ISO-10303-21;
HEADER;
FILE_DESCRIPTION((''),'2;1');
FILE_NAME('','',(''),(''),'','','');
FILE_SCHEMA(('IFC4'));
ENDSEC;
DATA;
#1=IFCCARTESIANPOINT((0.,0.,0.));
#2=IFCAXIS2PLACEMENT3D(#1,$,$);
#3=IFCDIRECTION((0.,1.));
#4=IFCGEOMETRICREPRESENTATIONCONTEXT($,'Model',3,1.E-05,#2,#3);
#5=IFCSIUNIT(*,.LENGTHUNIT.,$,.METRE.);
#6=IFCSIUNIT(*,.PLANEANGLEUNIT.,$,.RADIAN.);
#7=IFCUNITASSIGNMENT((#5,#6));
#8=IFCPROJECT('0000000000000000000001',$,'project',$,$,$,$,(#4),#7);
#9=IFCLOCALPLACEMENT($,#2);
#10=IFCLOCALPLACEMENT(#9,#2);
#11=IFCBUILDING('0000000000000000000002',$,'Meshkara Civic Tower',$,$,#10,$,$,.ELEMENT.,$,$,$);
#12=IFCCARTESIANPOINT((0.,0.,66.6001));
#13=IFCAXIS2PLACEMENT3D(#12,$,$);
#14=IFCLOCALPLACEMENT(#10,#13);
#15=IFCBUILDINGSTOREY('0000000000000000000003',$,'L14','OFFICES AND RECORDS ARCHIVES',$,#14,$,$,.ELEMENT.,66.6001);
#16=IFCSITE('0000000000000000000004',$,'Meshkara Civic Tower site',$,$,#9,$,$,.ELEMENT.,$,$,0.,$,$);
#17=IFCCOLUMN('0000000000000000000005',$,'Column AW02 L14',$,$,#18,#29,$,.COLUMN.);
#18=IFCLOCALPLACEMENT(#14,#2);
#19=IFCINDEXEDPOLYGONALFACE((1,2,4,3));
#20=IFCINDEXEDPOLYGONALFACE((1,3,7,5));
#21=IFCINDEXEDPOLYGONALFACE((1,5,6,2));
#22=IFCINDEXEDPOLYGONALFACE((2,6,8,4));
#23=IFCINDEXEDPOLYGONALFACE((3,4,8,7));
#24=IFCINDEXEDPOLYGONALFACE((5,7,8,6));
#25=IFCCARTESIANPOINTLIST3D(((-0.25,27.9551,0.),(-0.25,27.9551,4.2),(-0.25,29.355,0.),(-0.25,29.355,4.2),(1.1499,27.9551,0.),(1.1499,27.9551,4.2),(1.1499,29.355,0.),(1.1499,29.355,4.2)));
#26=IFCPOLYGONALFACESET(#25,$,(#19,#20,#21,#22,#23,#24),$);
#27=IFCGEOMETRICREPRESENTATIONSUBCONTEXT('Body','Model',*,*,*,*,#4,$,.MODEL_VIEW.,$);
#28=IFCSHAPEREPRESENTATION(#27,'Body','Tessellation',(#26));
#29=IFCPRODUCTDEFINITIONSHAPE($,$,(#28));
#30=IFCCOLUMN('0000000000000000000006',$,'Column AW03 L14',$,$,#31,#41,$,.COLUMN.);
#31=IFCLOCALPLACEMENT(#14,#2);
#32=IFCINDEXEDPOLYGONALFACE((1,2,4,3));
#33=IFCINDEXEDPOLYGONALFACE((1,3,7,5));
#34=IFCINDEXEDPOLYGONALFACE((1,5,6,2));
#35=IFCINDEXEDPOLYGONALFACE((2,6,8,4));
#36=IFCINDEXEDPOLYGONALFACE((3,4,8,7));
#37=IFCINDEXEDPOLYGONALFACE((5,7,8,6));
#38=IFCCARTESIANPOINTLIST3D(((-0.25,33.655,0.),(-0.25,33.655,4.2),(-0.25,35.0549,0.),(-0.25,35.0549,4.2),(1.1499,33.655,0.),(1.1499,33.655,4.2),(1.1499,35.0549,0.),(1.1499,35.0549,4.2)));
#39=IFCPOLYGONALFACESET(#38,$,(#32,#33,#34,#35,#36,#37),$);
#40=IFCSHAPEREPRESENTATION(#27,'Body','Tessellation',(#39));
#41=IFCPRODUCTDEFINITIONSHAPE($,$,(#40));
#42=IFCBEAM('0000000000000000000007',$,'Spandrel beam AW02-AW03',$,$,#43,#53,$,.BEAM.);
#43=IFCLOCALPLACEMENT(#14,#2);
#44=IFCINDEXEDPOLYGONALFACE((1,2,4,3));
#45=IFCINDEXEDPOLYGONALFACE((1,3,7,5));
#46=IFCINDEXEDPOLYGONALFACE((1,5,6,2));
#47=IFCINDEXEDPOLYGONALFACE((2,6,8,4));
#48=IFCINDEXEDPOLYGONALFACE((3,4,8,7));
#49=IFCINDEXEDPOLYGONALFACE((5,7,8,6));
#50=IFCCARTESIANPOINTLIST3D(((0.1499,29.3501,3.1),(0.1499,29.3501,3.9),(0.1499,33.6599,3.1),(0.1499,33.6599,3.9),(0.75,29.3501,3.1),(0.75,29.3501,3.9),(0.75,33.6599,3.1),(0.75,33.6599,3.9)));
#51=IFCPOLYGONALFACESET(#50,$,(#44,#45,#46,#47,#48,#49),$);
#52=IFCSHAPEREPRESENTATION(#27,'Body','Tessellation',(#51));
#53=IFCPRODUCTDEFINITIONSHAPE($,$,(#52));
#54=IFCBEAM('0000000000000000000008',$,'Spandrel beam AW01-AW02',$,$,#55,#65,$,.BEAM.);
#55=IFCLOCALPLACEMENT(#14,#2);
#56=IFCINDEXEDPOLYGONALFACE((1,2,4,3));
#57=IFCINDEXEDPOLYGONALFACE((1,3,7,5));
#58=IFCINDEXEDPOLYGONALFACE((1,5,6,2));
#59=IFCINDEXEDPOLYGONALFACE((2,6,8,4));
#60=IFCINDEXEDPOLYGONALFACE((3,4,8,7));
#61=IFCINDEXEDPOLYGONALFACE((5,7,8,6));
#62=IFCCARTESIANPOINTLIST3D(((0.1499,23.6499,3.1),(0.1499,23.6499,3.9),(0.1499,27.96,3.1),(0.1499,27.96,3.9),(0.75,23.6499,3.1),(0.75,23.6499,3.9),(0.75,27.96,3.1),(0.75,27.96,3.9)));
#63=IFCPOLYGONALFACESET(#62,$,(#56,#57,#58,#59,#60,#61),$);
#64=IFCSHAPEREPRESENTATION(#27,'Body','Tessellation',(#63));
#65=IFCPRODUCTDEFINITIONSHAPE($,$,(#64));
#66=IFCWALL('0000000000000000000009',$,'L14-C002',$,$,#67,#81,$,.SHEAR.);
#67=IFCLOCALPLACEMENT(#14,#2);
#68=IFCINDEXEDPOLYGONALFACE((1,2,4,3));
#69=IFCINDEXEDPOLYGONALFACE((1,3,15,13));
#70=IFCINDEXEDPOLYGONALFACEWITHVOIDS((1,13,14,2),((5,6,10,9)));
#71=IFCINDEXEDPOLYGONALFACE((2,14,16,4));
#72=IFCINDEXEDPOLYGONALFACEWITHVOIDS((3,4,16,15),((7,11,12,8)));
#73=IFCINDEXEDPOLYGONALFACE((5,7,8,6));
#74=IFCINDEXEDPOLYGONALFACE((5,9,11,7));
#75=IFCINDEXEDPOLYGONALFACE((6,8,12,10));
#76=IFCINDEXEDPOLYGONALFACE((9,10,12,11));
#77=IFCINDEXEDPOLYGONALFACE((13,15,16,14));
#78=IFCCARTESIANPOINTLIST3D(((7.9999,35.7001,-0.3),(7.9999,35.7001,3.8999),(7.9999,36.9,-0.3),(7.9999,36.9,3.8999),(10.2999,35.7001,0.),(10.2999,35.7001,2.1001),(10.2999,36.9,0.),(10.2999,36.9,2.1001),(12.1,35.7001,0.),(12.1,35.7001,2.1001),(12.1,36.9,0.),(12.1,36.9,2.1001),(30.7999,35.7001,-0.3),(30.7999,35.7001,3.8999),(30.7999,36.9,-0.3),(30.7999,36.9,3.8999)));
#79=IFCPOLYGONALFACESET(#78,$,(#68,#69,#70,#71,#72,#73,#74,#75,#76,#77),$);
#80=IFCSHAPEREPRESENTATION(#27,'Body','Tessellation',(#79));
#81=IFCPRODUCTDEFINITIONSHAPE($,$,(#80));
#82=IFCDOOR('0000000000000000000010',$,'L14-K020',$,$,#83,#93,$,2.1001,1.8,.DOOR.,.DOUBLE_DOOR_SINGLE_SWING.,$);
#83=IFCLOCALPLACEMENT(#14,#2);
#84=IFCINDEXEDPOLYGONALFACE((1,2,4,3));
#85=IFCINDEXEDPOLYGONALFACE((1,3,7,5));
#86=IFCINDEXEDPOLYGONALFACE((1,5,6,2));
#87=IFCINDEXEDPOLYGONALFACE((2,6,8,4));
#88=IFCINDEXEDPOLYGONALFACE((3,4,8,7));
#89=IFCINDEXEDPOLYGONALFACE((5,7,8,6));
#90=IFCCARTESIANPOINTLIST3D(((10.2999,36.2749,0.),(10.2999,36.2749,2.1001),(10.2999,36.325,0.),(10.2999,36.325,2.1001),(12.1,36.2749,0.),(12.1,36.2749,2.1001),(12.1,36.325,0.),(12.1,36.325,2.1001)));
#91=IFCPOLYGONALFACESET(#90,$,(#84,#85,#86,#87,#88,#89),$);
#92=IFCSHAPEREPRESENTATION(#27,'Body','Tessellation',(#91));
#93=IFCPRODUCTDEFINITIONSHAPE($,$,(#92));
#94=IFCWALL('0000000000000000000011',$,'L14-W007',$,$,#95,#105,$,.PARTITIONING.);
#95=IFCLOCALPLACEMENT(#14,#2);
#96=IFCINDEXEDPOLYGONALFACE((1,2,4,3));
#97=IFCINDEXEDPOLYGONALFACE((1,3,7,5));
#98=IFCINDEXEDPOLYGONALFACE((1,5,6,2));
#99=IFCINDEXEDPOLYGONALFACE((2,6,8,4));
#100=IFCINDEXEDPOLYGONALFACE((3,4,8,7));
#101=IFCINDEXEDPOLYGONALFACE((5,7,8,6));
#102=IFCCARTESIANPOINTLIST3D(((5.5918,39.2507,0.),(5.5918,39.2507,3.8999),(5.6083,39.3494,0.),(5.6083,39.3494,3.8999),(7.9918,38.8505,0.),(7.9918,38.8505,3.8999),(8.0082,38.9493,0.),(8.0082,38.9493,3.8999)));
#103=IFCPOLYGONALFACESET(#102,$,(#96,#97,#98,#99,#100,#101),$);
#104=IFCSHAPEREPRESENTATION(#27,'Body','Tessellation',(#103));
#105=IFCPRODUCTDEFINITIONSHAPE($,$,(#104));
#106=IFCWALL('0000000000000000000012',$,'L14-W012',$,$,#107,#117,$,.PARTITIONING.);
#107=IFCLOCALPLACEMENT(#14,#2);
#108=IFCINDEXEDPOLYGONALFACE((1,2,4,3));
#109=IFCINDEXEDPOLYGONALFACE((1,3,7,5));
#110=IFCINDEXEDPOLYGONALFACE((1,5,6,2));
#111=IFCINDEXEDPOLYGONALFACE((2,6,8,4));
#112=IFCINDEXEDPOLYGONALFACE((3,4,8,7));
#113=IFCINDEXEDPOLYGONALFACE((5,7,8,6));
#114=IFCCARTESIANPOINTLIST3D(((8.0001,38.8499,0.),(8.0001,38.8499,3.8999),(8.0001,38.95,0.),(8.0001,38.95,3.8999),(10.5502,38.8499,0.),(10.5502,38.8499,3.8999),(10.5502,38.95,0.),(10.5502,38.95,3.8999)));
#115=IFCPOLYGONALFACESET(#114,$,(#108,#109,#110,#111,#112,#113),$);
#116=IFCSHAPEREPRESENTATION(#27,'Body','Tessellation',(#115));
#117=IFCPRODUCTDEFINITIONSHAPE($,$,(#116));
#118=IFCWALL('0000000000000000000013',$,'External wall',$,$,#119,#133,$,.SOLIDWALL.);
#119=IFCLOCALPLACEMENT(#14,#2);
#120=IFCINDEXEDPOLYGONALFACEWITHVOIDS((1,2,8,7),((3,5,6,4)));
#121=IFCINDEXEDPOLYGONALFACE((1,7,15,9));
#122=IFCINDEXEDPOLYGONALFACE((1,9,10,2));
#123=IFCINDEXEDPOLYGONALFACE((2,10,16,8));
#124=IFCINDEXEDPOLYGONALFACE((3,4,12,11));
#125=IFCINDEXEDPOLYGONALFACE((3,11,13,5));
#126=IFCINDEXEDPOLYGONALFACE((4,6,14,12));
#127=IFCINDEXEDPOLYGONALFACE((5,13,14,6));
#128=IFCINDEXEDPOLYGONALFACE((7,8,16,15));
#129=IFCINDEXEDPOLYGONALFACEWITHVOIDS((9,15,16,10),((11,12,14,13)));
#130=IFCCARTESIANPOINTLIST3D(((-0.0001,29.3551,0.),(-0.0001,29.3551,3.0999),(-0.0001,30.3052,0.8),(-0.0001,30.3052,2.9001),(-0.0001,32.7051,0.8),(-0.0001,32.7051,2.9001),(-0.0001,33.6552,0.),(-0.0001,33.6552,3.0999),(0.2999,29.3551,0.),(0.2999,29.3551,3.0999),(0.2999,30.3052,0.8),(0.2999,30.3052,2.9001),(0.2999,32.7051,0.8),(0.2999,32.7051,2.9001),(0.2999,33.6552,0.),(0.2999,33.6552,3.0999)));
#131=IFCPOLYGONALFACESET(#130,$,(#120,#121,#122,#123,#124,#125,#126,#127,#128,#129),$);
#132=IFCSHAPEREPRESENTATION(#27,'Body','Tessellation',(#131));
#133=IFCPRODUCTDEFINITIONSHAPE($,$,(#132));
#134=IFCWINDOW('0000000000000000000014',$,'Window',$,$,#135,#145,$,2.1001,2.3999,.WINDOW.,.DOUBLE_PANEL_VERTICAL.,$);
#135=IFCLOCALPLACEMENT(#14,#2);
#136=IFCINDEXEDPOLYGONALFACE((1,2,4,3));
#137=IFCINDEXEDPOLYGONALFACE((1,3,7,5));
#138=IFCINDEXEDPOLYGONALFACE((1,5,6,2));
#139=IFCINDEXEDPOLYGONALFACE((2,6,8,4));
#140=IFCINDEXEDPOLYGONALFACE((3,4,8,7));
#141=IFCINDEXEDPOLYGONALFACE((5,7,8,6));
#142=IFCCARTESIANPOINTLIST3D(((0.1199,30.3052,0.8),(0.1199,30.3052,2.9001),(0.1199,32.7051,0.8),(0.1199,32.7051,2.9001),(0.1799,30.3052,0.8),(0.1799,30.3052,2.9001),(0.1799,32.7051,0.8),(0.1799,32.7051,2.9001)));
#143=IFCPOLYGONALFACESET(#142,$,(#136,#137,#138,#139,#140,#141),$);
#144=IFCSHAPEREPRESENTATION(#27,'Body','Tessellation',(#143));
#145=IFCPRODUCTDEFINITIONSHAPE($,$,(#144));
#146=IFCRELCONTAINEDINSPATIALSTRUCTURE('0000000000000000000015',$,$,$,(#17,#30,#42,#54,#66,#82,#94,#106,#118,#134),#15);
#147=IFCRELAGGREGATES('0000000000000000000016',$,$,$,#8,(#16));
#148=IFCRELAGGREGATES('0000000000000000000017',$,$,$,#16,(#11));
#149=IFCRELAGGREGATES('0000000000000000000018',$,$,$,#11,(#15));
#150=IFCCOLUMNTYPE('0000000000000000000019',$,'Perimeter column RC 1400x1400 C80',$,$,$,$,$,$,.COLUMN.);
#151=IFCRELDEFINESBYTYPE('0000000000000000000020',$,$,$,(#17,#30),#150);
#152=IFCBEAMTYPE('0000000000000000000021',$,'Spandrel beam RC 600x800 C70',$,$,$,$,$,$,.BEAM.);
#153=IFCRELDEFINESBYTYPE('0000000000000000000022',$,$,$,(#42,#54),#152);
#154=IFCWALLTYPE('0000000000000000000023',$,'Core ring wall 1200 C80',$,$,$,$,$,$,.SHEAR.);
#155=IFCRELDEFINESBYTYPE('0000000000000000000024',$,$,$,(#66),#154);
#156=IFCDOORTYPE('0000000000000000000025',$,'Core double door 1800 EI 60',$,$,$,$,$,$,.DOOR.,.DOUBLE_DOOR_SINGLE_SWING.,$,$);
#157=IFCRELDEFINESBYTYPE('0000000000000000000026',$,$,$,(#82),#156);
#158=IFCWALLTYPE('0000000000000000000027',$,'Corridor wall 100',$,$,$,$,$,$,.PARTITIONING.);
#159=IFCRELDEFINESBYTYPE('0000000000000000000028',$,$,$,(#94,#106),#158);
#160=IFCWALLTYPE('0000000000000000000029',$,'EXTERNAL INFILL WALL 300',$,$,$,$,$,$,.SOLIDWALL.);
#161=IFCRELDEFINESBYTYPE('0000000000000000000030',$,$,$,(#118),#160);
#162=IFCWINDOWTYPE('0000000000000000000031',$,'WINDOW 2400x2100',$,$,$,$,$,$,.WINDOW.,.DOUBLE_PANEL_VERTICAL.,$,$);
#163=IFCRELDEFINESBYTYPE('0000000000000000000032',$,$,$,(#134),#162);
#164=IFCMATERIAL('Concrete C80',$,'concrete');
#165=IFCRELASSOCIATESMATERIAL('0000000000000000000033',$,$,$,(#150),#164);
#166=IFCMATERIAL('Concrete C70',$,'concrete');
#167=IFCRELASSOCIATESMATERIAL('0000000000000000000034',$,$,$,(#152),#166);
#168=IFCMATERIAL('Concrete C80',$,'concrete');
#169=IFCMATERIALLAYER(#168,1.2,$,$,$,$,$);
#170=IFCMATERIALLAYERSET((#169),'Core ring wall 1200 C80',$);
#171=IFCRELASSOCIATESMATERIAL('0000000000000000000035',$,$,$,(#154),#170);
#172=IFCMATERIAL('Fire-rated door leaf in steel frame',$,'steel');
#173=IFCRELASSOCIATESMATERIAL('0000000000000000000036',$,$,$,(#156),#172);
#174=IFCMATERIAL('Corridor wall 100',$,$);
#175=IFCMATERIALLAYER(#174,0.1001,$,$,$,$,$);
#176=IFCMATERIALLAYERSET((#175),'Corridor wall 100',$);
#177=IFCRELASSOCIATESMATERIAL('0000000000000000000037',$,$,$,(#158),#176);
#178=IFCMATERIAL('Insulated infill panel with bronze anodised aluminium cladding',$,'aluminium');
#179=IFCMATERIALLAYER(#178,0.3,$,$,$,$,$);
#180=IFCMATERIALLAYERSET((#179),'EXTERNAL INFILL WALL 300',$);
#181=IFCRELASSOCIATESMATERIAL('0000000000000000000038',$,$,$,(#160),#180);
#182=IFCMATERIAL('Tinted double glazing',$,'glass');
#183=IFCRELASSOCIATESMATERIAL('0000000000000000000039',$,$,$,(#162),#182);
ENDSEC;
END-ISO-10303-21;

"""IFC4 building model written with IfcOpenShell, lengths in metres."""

from ifc_helpers import new_model, si_unit, direction, frame, frame_2d, origin, origin_2d, place, context, subcontext, project, spatial, rectangle, extrude, material, layer, layer_set, material_profile, profile_set, type_object, element, fill, save


model = new_model("IFC4")

# Units and contexts
model_context = context("Model", 3, precision=1e-05, world=origin(), true_north=direction((0.0, 1.0)))
body_context = subcontext(model_context, "Body", "Model", "MODEL_VIEW")
ifc_project = project(units=[si_unit("LENGTHUNIT", "METRE"), si_unit("PLANEANGLEUNIT", "RADIAN")], contexts=[model_context])

# Site, building, storey
site_placement = place(None, origin())
site = spatial("IfcSite", under=ifc_project, at=site_placement, Name="Meshkara Civic Tower site", CompositionType="ELEMENT", RefElevation=0.0)
building_placement = place(site_placement, origin())
building = spatial("IfcBuilding", under=site, at=building_placement, Name="Meshkara Civic Tower", CompositionType="ELEMENT")
storey_placement = place(building_placement, frame((0.0, 0.0, 66.6001)))
storey = spatial("IfcBuildingStorey", under=building, at=storey_placement, Name="L14", Description="OFFICES AND RECORDS ARCHIVES", CompositionType="ELEMENT", Elevation=66.6001)

# Columns
ifc_material_1 = material(Name="Concrete C80", Category="concrete")
ifc_material_profile_1 = material_profile(ifc_material_1, rectangle(XDim=1.3999, YDim=1.3999, at=origin_2d()))
ifc_profile_set_1 = profile_set([ifc_material_profile_1], Name="Concrete C80")
column_type = type_object("IfcColumnType", Name="Perimeter column RC 1400x1400 C80", PredefinedType="COLUMN", material=ifc_profile_set_1)
for number, where, z_axis, x_axis, name in (
    (1, (0.45, 28.655, 0.0), (0.0, 0.0, 1.0), (1.0, 0.0, 0.0), "Column AW02 L14"),
    (2, (0.45, 34.355, 0.0), (0.0, 0.0, 1.0), (1.0, 0.0, 0.0), "Column AW03 L14"),
):
    element("IfcColumn", number, at=place(storey_placement, frame(where, z_axis=z_axis, x_axis=x_axis)), inside=storey, type_object=column_type, Name=name, PredefinedType="COLUMN", context=body_context, shape_type="SweptSolid", body=[
        extrude(rectangle(XDim=1.3999, YDim=1.3999, at=origin_2d()), origin(), (0.0, 0.0, 1.0), 4.2),
    ])

# Beams
ifc_material_2 = material(Name="Concrete C70", Category="concrete")
ifc_material_profile_2 = material_profile(ifc_material_2, rectangle(XDim=0.6001, YDim=0.8, at=origin_2d()))
ifc_profile_set_2 = profile_set([ifc_material_profile_2], Name="Concrete C70")
beam_type = type_object("IfcBeamType", Name="Spandrel beam RC 600x800 C70", PredefinedType="BEAM", material=ifc_profile_set_2)
beam_1_placement = place(storey_placement, frame((0.45, 33.6599, 3.5), z_axis=(0.0, -1.0, 0.0), x_axis=(1.0, 0.0, 0.0)))
element("IfcBeam", 3, at=beam_1_placement, inside=storey, type_object=beam_type, Name="Spandrel beam AW02-AW03", PredefinedType="BEAM", context=body_context, shape_type="SweptSolid", body=[
    extrude(rectangle(XDim=0.6001, YDim=0.8, at=origin_2d()), origin(), (0.0, 0.0, 1.0), 4.3098),
])
beam_2_placement = place(storey_placement, frame((0.45, 27.96, 3.5), z_axis=(0.0, -1.0, 0.0), x_axis=(1.0, 0.0, 0.0)))
element("IfcBeam", 4, at=beam_2_placement, inside=storey, type_object=beam_type, Name="Spandrel beam AW01-AW02", PredefinedType="BEAM", context=body_context, shape_type="SweptSolid", body=[
    extrude(rectangle(XDim=0.6001, YDim=0.8, at=origin_2d()), origin(), (0.0, 0.0, 1.0), 4.3101),
])

# Wall, opening, door
ifc_material_3 = material(Name="Concrete C80", Category="concrete")
ifc_layer_1 = layer(ifc_material_3, 1.2)
ifc_layer_set_1 = layer_set([ifc_layer_1], Name="Core ring wall 1200 C80")
wall_type_1 = type_object("IfcWallType", Name="Core ring wall 1200 C80", PredefinedType="SHEAR", material=ifc_layer_set_1)
wall_1_placement = place(storey_placement, frame((8.0, 36.3, -0.3), z_axis=(0.0, 0.0, 1.0), x_axis=(1.0, 0.0, 0.0)))
wall_1 = element("IfcWall", 5, at=wall_1_placement, inside=storey, type_object=wall_type_1, Name="L14-C002", PredefinedType="SHEAR", context=body_context, shape_type="SweptSolid", body=[
    extrude(rectangle(XDim=22.8, YDim=1.2, at=frame_2d((11.3999, 0.0))), origin(), (0.0, 0.0, 1.0), 4.2),
])
opening_1_placement = place(wall_1_placement, frame((2.3, 0.0, 0.3)))
opening_1 = element("IfcOpeningElement", 6, at=opening_1_placement, cuts=wall_1, PredefinedType="OPENING", context=body_context, shape_type="SweptSolid", body=[
    extrude(rectangle(XDim=1.8, YDim=2.1001, at=frame_2d((0.8999, 1.05))), frame((0.0, 0.6099, 0.0), z_axis=(0.0, -1.0, 0.0), x_axis=(1.0, 0.0, 0.0)), (0.0, 0.0, 1.0), 1.22),
])
ifc_material_4 = material(Name="Fire-rated door leaf in steel frame", Category="steel")
door_type_1 = type_object("IfcDoorType", Name="Core double door 1800 EI 60", OperationType="DOUBLE_DOOR_SINGLE_SWING", PredefinedType="DOOR", material=ifc_material_4)
door_1_placement = place(opening_1_placement, origin())
door_1 = element("IfcDoor", 7, at=door_1_placement, inside=storey, type_object=door_type_1, Name="L14-K020", OperationType="DOUBLE_DOOR_SINGLE_SWING", OverallHeight=2.1001, OverallWidth=1.8, PredefinedType="DOOR", context=body_context, shape_type="SweptSolid", body=[
    extrude(rectangle(XDim=1.8, YDim=2.1001, at=frame_2d((0.8999, 1.05))), frame((0.0, 0.0249, 0.0), z_axis=(0.0, -1.0, 0.0), x_axis=(1.0, 0.0, 0.0)), (0.0, 0.0, 1.0), 0.05),
])
fill(opening_1, door_1)

# Walls
ifc_material_5 = material(Name="Corridor wall 100")
ifc_layer_2 = layer(ifc_material_5, 0.1001)
ifc_layer_set_2 = layer_set([ifc_layer_2], Name="Corridor wall 100")
wall_type_2 = type_object("IfcWallType", Name="Corridor wall 100", PredefinedType="PARTITIONING", material=ifc_layer_set_2)
wall_2_placement = place(storey_placement, frame((8.0, 38.8999, 0.0), z_axis=(0.0, 0.0, 1.0), x_axis=(-0.986383, 0.164464, 0.0)))
element("IfcWall", 8, at=wall_2_placement, inside=storey, type_object=wall_type_2, Name="L14-W007", PredefinedType="PARTITIONING", context=body_context, shape_type="SweptSolid", body=[
    extrude(rectangle(XDim=2.4331, YDim=0.1001, at=frame_2d((1.2166, 0.0))), origin(), (0.0, 0.0, 1.0), 3.8999),
])
wall_3_placement = place(storey_placement, frame((10.55, 38.8999, 0.0), z_axis=(0.0, 0.0, 1.0), x_axis=(-1.0, 0.0, 0.0)))
element("IfcWall", 9, at=wall_3_placement, inside=storey, type_object=wall_type_2, Name="L14-W012", PredefinedType="PARTITIONING", context=body_context, shape_type="SweptSolid", body=[
    extrude(rectangle(XDim=2.55, YDim=0.1001, at=frame_2d((1.2749, 0.0))), origin(), (0.0, 0.0, 1.0), 3.8999),
])

# Wall, opening, window
ifc_material_6 = material(Name="Insulated infill panel with bronze anodised aluminium cladding", Category="aluminium")
ifc_layer_3 = layer(ifc_material_6, 0.3)
ifc_layer_set_3 = layer_set([ifc_layer_3], Name="EXTERNAL INFILL WALL 300")
wall_type_3 = type_object("IfcWallType", Name="EXTERNAL INFILL WALL 300", PredefinedType="SOLIDWALL", material=ifc_layer_set_3)
wall_4_placement = place(storey_placement, frame((0.1499, 33.655, 0.0), z_axis=(0.0, 0.0, 1.0), x_axis=(0.0, -1.0, 0.0)))
wall_4 = element("IfcWall", 10, at=wall_4_placement, inside=storey, type_object=wall_type_3, Name="External wall", PredefinedType="SOLIDWALL", context=body_context, shape_type="SweptSolid", body=[
    extrude(rectangle(XDim=4.3, YDim=0.3, at=frame_2d((2.1499, 0.0))), origin(), (0.0, 0.0, 1.0), 3.0999),
])
opening_2_placement = place(wall_4_placement, frame((0.95, 0.0, 0.8)))
opening_2 = element("IfcOpeningElement", 11, at=opening_2_placement, cuts=wall_4, PredefinedType="OPENING", context=body_context, shape_type="SweptSolid", body=[
    extrude(rectangle(XDim=2.3999, YDim=2.1001, at=frame_2d((1.2, 1.05))), frame((0.0, 0.1599, 0.0), z_axis=(0.0, -1.0, 0.0), x_axis=(1.0, 0.0, 0.0)), (0.0, 0.0, 1.0), 0.3201),
])
ifc_material_7 = material(Name="Tinted double glazing", Category="glass")
window_type = type_object("IfcWindowType", Name="WINDOW 2400x2100", PartitioningType="DOUBLE_PANEL_VERTICAL", PredefinedType="WINDOW", material=ifc_material_7)
window_placement = place(opening_2_placement, origin())
window = element("IfcWindow", 12, at=window_placement, inside=storey, type_object=window_type, Name="Window", OverallHeight=2.1001, OverallWidth=2.3999, PartitioningType="DOUBLE_PANEL_VERTICAL", PredefinedType="WINDOW", context=body_context, shape_type="SweptSolid", body=[
    extrude(rectangle(XDim=2.3999, YDim=2.1001, at=frame_2d((1.2, 1.05))), frame((0.0, 0.03, 0.0), z_axis=(0.0, -1.0, 0.0), x_axis=(1.0, 0.0, 0.0)), (0.0, 0.0, 1.0), 0.0601),
])
fill(opening_2, window)

save(model, "model.ifc")
